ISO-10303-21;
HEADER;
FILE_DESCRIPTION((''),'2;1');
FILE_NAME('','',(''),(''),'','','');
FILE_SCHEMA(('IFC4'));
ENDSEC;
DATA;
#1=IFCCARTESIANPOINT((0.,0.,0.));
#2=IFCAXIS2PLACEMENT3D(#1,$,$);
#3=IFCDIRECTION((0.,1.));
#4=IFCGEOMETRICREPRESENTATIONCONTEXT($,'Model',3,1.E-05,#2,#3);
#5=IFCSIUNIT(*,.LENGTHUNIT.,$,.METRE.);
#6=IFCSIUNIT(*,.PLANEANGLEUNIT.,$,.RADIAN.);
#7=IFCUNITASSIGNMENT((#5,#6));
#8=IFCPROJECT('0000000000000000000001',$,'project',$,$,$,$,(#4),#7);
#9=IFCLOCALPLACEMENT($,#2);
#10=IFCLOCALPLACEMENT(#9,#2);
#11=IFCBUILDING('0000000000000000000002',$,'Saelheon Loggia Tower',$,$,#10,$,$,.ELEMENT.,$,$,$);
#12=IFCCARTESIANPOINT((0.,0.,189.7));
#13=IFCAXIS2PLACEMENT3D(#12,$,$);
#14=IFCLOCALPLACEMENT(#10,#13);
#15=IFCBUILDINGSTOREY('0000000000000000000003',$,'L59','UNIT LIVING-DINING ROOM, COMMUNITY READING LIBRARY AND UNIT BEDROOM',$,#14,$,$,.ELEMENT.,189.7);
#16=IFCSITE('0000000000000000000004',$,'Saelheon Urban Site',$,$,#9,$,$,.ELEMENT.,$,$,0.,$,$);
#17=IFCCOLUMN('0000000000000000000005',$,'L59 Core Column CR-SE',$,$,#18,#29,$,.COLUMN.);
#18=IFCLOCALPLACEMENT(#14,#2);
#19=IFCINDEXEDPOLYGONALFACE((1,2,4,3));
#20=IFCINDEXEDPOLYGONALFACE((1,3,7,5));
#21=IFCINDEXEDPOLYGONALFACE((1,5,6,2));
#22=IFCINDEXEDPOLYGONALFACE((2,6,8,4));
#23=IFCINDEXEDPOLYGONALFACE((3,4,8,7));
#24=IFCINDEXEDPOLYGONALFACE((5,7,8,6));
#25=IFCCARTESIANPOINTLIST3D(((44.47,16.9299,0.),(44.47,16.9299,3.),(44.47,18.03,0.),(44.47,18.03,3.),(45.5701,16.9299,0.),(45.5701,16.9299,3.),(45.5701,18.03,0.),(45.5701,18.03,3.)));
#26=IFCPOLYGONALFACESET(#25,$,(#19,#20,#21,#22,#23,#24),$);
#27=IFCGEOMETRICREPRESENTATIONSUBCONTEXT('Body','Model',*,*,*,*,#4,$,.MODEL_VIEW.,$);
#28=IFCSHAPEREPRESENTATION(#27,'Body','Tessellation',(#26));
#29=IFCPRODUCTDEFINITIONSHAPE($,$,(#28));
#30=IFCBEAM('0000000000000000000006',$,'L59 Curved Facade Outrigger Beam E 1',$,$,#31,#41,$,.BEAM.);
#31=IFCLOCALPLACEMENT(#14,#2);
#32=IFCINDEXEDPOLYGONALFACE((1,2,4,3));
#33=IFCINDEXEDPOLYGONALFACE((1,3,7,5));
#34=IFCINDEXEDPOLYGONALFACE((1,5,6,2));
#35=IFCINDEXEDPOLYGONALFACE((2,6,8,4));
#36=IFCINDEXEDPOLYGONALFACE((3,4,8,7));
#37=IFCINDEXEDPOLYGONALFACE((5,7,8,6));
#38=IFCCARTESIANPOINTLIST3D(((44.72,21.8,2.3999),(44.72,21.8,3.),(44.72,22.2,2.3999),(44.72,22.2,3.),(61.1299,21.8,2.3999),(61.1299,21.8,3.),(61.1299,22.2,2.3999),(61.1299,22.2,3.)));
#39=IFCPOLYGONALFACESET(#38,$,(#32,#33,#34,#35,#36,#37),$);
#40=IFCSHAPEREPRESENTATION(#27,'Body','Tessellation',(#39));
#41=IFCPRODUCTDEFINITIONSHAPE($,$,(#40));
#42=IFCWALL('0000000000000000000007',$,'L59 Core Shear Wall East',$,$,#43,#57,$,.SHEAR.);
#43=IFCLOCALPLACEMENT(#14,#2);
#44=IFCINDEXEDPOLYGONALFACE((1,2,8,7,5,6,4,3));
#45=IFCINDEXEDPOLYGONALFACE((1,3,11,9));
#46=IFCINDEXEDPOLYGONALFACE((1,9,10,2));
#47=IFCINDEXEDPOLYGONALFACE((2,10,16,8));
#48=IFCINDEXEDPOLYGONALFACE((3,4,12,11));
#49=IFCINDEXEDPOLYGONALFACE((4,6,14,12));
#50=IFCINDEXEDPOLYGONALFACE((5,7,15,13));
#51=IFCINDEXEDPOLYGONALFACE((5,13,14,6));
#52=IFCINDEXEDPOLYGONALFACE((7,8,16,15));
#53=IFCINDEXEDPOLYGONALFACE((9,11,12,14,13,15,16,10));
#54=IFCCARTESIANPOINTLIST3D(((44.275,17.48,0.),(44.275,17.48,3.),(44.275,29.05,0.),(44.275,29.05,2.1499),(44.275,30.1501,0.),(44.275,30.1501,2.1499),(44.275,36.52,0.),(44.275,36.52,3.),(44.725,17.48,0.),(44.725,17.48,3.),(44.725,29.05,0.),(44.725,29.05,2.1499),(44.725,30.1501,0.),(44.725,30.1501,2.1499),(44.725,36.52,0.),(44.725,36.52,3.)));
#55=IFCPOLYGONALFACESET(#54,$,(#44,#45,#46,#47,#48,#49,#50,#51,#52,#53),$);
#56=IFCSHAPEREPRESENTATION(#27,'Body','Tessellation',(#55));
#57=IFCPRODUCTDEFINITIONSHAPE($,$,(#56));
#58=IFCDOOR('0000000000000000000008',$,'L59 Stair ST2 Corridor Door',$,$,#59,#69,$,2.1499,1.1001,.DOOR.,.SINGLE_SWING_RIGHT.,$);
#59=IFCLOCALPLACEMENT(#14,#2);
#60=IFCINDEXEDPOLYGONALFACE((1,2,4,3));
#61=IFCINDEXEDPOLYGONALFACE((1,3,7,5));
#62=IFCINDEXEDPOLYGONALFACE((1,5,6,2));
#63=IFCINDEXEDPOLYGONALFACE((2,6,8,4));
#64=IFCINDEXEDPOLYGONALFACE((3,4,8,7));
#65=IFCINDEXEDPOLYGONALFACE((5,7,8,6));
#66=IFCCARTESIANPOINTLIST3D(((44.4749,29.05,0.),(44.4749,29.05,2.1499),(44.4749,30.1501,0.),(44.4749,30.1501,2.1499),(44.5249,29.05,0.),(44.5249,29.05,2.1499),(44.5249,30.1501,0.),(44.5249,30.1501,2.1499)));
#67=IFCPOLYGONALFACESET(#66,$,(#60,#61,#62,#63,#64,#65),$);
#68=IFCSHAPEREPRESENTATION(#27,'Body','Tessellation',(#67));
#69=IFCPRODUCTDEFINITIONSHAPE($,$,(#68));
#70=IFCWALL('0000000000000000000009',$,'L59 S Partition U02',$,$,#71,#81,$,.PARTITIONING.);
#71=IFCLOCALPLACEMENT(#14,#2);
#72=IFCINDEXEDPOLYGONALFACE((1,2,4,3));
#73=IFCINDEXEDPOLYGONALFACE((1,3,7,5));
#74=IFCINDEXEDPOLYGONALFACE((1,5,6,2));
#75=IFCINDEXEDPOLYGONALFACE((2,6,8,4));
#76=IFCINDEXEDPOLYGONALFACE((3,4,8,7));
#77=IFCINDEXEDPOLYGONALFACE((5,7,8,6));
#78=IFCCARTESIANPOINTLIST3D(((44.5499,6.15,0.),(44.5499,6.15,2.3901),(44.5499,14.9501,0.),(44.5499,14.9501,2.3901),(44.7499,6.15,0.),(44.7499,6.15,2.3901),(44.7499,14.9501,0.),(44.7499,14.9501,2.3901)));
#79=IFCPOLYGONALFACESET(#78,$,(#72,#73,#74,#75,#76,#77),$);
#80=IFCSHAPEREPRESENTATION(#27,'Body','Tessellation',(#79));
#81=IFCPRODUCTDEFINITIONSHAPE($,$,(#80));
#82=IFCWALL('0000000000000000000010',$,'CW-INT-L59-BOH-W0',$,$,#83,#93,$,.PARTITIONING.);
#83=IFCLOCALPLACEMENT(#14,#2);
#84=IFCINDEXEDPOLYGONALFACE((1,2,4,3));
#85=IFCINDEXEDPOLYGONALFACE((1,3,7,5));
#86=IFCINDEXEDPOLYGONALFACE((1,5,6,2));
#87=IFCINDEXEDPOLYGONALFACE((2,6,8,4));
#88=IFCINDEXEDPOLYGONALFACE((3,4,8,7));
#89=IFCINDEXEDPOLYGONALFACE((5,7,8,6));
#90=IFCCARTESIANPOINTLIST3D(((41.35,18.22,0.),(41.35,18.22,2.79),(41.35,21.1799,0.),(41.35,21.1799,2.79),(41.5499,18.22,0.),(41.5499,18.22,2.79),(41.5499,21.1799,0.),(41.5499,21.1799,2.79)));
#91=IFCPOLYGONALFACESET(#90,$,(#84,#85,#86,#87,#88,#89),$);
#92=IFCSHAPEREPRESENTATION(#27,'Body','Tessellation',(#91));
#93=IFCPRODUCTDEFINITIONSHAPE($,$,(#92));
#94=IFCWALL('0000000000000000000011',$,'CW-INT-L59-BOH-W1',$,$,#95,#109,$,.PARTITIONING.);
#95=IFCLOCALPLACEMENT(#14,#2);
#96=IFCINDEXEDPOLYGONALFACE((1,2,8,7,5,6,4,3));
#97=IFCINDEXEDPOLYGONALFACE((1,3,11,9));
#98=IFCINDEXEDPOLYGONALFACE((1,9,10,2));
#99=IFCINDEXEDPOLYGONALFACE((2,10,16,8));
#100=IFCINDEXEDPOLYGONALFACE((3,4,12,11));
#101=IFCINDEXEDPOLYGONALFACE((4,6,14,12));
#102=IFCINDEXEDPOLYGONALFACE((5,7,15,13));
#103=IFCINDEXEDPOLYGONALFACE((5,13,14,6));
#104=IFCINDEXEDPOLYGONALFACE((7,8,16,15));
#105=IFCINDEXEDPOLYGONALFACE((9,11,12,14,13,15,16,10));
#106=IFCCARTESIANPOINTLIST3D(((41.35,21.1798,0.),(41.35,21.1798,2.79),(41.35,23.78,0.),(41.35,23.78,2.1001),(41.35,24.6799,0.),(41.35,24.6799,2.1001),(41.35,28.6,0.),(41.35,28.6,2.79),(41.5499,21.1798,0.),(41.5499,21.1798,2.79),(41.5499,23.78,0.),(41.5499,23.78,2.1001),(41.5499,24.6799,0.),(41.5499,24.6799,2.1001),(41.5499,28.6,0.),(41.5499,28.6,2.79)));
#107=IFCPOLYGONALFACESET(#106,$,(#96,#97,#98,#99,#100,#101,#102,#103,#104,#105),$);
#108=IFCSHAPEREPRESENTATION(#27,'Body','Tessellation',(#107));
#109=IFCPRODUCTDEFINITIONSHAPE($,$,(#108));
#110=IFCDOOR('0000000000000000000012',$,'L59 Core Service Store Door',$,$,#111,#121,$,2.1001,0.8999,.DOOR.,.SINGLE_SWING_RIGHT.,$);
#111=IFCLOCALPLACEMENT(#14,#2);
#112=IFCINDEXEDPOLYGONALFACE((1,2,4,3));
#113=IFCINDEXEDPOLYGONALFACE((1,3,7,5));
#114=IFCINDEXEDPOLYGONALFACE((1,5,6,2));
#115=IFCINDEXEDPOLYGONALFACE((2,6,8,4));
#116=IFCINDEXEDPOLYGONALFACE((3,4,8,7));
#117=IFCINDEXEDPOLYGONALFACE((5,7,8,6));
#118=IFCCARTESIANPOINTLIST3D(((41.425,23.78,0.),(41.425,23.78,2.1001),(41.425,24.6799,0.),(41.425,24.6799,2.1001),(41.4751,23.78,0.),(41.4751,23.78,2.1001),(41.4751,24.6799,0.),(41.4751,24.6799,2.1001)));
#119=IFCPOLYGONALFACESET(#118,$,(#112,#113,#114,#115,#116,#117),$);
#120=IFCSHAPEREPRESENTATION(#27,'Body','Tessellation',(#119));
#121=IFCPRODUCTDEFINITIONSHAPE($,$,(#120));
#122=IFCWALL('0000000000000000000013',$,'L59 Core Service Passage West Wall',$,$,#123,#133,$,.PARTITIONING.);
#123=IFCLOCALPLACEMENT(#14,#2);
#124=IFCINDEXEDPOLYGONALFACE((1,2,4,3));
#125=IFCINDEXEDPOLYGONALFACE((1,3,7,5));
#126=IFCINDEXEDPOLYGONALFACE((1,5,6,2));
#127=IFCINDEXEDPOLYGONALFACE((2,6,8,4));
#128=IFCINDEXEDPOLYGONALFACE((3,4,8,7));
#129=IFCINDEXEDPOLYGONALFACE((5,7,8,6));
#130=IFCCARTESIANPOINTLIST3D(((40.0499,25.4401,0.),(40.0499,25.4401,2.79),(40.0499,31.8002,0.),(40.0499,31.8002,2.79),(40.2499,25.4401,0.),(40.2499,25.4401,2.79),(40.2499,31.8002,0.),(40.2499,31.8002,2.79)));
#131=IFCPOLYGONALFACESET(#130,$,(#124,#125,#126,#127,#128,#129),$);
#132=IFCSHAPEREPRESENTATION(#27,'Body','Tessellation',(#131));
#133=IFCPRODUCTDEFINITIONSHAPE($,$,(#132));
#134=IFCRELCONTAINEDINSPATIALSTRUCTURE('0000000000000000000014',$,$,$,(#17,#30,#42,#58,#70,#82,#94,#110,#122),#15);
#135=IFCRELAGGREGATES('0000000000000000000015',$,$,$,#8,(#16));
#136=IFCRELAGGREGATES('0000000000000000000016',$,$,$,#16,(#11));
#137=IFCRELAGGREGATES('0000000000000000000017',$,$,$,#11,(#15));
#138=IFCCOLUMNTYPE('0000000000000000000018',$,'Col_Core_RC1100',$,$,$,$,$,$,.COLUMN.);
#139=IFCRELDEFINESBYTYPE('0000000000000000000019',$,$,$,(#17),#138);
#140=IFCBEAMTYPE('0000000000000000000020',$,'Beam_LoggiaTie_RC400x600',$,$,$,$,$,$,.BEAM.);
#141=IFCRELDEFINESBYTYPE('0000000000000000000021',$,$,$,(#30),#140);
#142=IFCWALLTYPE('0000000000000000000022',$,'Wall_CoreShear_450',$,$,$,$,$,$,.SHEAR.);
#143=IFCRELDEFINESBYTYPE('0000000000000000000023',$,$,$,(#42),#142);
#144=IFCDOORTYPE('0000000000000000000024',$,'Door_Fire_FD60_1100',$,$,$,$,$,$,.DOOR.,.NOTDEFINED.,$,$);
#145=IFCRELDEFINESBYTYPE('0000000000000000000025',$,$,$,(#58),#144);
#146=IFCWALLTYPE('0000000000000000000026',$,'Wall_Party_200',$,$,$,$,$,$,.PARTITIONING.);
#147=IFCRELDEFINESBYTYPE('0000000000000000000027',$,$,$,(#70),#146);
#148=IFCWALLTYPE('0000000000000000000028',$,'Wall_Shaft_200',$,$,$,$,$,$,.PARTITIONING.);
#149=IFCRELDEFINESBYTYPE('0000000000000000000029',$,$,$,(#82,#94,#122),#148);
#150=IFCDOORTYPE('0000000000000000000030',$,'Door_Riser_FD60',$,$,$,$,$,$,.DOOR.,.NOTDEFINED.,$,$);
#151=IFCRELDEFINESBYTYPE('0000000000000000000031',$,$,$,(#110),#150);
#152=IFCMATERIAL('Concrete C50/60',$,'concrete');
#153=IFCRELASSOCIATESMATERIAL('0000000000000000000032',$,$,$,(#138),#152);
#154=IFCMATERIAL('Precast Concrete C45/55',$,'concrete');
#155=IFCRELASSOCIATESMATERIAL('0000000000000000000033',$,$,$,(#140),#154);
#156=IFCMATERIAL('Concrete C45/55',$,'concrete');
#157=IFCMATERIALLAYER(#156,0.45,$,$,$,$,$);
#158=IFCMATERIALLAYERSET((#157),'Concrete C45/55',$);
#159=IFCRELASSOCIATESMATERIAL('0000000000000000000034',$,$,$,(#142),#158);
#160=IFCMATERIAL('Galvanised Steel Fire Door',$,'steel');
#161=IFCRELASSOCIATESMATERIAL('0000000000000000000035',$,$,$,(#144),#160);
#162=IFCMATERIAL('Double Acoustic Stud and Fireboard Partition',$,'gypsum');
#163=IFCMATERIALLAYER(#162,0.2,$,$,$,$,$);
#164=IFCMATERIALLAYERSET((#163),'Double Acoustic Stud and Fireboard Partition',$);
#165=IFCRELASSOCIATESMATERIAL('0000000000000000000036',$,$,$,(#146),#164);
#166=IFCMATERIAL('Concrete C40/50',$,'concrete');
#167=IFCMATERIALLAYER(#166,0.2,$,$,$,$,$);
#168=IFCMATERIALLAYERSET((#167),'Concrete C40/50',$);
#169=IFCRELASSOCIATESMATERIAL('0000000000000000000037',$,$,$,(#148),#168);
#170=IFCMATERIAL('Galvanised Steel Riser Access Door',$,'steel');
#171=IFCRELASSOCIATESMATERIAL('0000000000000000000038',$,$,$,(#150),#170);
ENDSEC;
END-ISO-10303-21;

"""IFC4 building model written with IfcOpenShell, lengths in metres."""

from ifc_helpers import new_model, si_unit, direction, frame, frame_2d, origin, origin_2d, place, context, subcontext, project, spatial, rectangle, extrude, source, transform, mapped, material, layer, layer_set, material_profile, profile_set, type_object, element, fill, save


model = new_model("IFC4")

# Units and contexts
model_context = context("Model", 3, precision=1e-05, world=origin(), true_north=direction((0.0, 1.0)))
body_context = subcontext(model_context, "Body", "Model", "MODEL_VIEW")
ifc_project = project(units=[si_unit("LENGTHUNIT", "METRE"), si_unit("PLANEANGLEUNIT", "RADIAN")], contexts=[model_context])

# Site, building, storey
site_placement = place(None, origin())
site = spatial("IfcSite", under=ifc_project, at=site_placement, Name="Saelheon Urban Site", CompositionType="ELEMENT", RefElevation=0.0)
building_placement = place(site_placement, origin())
building = spatial("IfcBuilding", under=site, at=building_placement, Name="Saelheon Loggia Tower", CompositionType="ELEMENT")
storey_placement = place(building_placement, frame((0.0, 0.0, 189.7)))
storey = spatial("IfcBuildingStorey", under=building, at=storey_placement, Name="L59", Description="UNIT LIVING-DINING ROOM, COMMUNITY READING LIBRARY AND UNIT BEDROOM", CompositionType="ELEMENT", Elevation=189.7)

# Column
ifc_material_1 = material(Name="Concrete C50/60", Category="concrete")
ifc_material_profile_1 = material_profile(ifc_material_1, rectangle(XDim=1.1001, YDim=1.1001, at=origin_2d()), Name="RC-1100x1100")
ifc_profile_set_1 = profile_set([ifc_material_profile_1], Name="Concrete C50/60")
column_type = type_object("IfcColumnType", Name="Col_Core_RC1100", PredefinedType="COLUMN", material=ifc_profile_set_1)
shared_shape_1 = source(origin(), body_context, "Body", "SweptSolid", [
    extrude(rectangle(XDim=1.1001, YDim=1.1001, at=origin_2d()), origin(), (0.0, 0.0, 1.0), 3.0),
])
column_placement = place(storey_placement, frame((45.02, 17.48, 0.0), z_axis=(0.0, 0.0, 1.0), x_axis=(1.0, 0.0, 0.0)))
element("IfcColumn", 1, at=column_placement, inside=storey, type_object=column_type, Name="L59 Core Column CR-SE", PredefinedType="COLUMN", context=body_context, shape_type="MappedRepresentation", body=[
    mapped(shared_shape_1, transform((0.0, 0.0, 0.0), scale=1.0)),
])

# Beam
ifc_material_2 = material(Name="Precast Concrete C45/55", Category="concrete")
ifc_material_profile_2 = material_profile(ifc_material_2, rectangle(XDim=0.3999, YDim=0.6001, at=origin_2d()), Name="RC-400x600")
ifc_profile_set_2 = profile_set([ifc_material_profile_2], Name="Precast Concrete C45/55")
beam_type = type_object("IfcBeamType", Name="Beam_LoggiaTie_RC400x600", PredefinedType="BEAM", material=ifc_profile_set_2)
shared_shape_2 = source(origin(), body_context, "Body", "SweptSolid", [
    extrude(rectangle(XDim=0.3999, YDim=0.6001, at=origin_2d()), origin(), (0.0, 0.0, 1.0), 16.4099),
])
beam_placement = place(storey_placement, frame((44.72, 22.0, 2.7), z_axis=(1.0, 0.0, 0.0), x_axis=(0.0, 1.0, 0.0)))
element("IfcBeam", 2, at=beam_placement, inside=storey, type_object=beam_type, Name="L59 Curved Facade Outrigger Beam E 1", PredefinedType="BEAM", context=body_context, shape_type="MappedRepresentation", body=[
    mapped(shared_shape_2, transform((0.0, 0.0, 0.0), scale=1.0)),
])

# Wall, opening, door
ifc_material_3 = material(Name="Concrete C45/55", Category="concrete")
ifc_layer_1 = layer(ifc_material_3, 0.45)
ifc_layer_set_1 = layer_set([ifc_layer_1], Name="Concrete C45/55")
wall_type_1 = type_object("IfcWallType", Name="Wall_CoreShear_450", PredefinedType="SHEAR", material=ifc_layer_set_1)
wall_1_placement = place(storey_placement, frame((44.5, 17.48, 0.0), z_axis=(0.0, 0.0, 1.0), x_axis=(0.0, 1.0, 0.0)))
wall_1 = element("IfcWall", 3, at=wall_1_placement, inside=storey, type_object=wall_type_1, Name="L59 Core Shear Wall East", PredefinedType="SHEAR", context=body_context, shape_type="SweptSolid", body=[
    extrude(rectangle(XDim=19.04, YDim=0.45, at=frame_2d((9.52, 0.0))), origin(), (0.0, 0.0, 1.0), 3.0),
])
opening_1_placement = place(wall_1_placement, frame((12.6702, 0.0, 0.0), z_axis=(0.0, 0.0, 1.0), x_axis=(-1.0, 0.0, 0.0)))
opening_1 = element("IfcOpeningElement", 4, at=opening_1_placement, cuts=wall_1, PredefinedType="OPENING", context=body_context, shape_type="SweptSolid", body=[
    extrude(rectangle(XDim=1.1001, YDim=2.1499, at=frame_2d((0.55, 1.075))), frame((0.0, 0.2371, 0.0), z_axis=(0.0, -1.0, 0.0), x_axis=(1.0, 0.0, 0.0)), (0.0, 0.0, 1.0), 0.4739),
])
ifc_material_4 = material(Name="Galvanised Steel Fire Door", Category="steel")
door_type_1 = type_object("IfcDoorType", Name="Door_Fire_FD60_1100", OperationType="NOTDEFINED", PredefinedType="DOOR", material=ifc_material_4)
shared_shape_3 = source(origin(), body_context, "Body", "SweptSolid", [
    extrude(rectangle(XDim=1.1001, YDim=2.1499, at=frame_2d((0.55, 1.075))), frame((0.0, 0.0249, 0.0), z_axis=(0.0, -1.0, 0.0), x_axis=(1.0, 0.0, 0.0)), (0.0, 0.0, 1.0), 0.05),
])
door_1_placement = place(opening_1_placement, origin())
door_1 = element("IfcDoor", 5, at=door_1_placement, inside=storey, type_object=door_type_1, Name="L59 Stair ST2 Corridor Door", OperationType="SINGLE_SWING_RIGHT", OverallHeight=2.1499, OverallWidth=1.1001, PredefinedType="DOOR", context=body_context, shape_type="MappedRepresentation", body=[
    mapped(shared_shape_3, transform((0.0, 0.0, 0.0), scale=1.0)),
])
fill(opening_1, door_1)

# Walls
ifc_material_5 = material(Name="Double Acoustic Stud and Fireboard Partition", Category="gypsum")
ifc_layer_2 = layer(ifc_material_5, 0.2)
ifc_layer_set_2 = layer_set([ifc_layer_2], Name="Double Acoustic Stud and Fireboard Partition")
wall_type_2 = type_object("IfcWallType", Name="Wall_Party_200", PredefinedType="PARTITIONING", material=ifc_layer_set_2)
wall_2_placement = place(storey_placement, frame((44.6499, 14.95, 0.0), z_axis=(0.0, 0.0, 1.0), x_axis=(0.0, -1.0, 0.0)))
element("IfcWall", 6, at=wall_2_placement, inside=storey, type_object=wall_type_2, Name="L59 S Partition U02", PredefinedType="PARTITIONING", context=body_context, shape_type="SweptSolid", body=[
    extrude(rectangle(XDim=8.8, YDim=0.2, at=frame_2d((4.3999, 0.0))), origin(), (0.0, 0.0, 1.0), 2.3901),
])
ifc_material_6 = material(Name="Concrete C40/50", Category="concrete")
ifc_layer_3 = layer(ifc_material_6, 0.2)
ifc_layer_set_3 = layer_set([ifc_layer_3], Name="Concrete C40/50")
wall_type_3 = type_object("IfcWallType", Name="Wall_Shaft_200", PredefinedType="PARTITIONING", material=ifc_layer_set_3)
wall_3_placement = place(storey_placement, frame((41.45, 18.22, 0.0), z_axis=(0.0, 0.0, 1.0), x_axis=(0.0, 1.0, 0.0)))
element("IfcWall", 7, at=wall_3_placement, inside=storey, type_object=wall_type_3, Name="CW-INT-L59-BOH-W0", PredefinedType="PARTITIONING", context=body_context, shape_type="SweptSolid", body=[
    extrude(rectangle(XDim=2.96, YDim=0.2, at=frame_2d((1.48, 0.0))), origin(), (0.0, 0.0, 1.0), 2.79),
])

# Wall, opening, door
wall_4_placement = place(storey_placement, frame((41.45, 21.1799, 0.0), z_axis=(0.0, 0.0, 1.0), x_axis=(0.0, 1.0, 0.0)))
wall_4 = element("IfcWall", 8, at=wall_4_placement, inside=storey, type_object=wall_type_3, Name="CW-INT-L59-BOH-W1", PredefinedType="PARTITIONING", context=body_context, shape_type="SweptSolid", body=[
    extrude(rectangle(XDim=7.4202, YDim=0.2, at=frame_2d((3.71, 0.0))), origin(), (0.0, 0.0, 1.0), 2.79),
])
opening_2_placement = place(wall_4_placement, frame((2.6001, 0.0, 0.0)))
opening_2 = element("IfcOpeningElement", 9, at=opening_2_placement, cuts=wall_4, PredefinedType="OPENING", context=body_context, shape_type="SweptSolid", body=[
    extrude(rectangle(XDim=0.8999, YDim=2.1001, at=frame_2d((0.45, 1.05))), frame((0.0, 0.1121, 0.0), z_axis=(0.0, -1.0, 0.0), x_axis=(1.0, 0.0, 0.0)), (0.0, 0.0, 1.0), 0.2239),
])
ifc_material_7 = material(Name="Galvanised Steel Riser Access Door", Category="steel")
door_type_2 = type_object("IfcDoorType", Name="Door_Riser_FD60", OperationType="NOTDEFINED", PredefinedType="DOOR", material=ifc_material_7)
shared_shape_4 = source(origin(), body_context, "Body", "SweptSolid", [
    extrude(rectangle(XDim=0.8999, YDim=2.1001, at=frame_2d((0.45, 1.05))), frame((0.0, 0.0249, 0.0), z_axis=(0.0, -1.0, 0.0), x_axis=(1.0, 0.0, 0.0)), (0.0, 0.0, 1.0), 0.05),
])
door_2_placement = place(opening_2_placement, origin())
door_2 = element("IfcDoor", 10, at=door_2_placement, inside=storey, type_object=door_type_2, Name="L59 Core Service Store Door", OperationType="SINGLE_SWING_RIGHT", OverallHeight=2.1001, OverallWidth=0.8999, PredefinedType="DOOR", context=body_context, shape_type="MappedRepresentation", body=[
    mapped(shared_shape_4, transform((0.0, 0.0, 0.0), scale=1.0)),
])
fill(opening_2, door_2)

# Wall
wall_5_placement = place(storey_placement, frame((40.1499, 25.4399, 0.0), z_axis=(0.0, 0.0, 1.0), x_axis=(0.0, 1.0, 0.0)))
element("IfcWall", 11, at=wall_5_placement, inside=storey, type_object=wall_type_3, Name="L59 Core Service Passage West Wall", PredefinedType="PARTITIONING", context=body_context, shape_type="SweptSolid", body=[
    extrude(rectangle(XDim=6.3601, YDim=0.2, at=frame_2d((3.1802, 0.0))), origin(), (0.0, 0.0, 1.0), 2.79),
])

save(model, "model.ifc")
